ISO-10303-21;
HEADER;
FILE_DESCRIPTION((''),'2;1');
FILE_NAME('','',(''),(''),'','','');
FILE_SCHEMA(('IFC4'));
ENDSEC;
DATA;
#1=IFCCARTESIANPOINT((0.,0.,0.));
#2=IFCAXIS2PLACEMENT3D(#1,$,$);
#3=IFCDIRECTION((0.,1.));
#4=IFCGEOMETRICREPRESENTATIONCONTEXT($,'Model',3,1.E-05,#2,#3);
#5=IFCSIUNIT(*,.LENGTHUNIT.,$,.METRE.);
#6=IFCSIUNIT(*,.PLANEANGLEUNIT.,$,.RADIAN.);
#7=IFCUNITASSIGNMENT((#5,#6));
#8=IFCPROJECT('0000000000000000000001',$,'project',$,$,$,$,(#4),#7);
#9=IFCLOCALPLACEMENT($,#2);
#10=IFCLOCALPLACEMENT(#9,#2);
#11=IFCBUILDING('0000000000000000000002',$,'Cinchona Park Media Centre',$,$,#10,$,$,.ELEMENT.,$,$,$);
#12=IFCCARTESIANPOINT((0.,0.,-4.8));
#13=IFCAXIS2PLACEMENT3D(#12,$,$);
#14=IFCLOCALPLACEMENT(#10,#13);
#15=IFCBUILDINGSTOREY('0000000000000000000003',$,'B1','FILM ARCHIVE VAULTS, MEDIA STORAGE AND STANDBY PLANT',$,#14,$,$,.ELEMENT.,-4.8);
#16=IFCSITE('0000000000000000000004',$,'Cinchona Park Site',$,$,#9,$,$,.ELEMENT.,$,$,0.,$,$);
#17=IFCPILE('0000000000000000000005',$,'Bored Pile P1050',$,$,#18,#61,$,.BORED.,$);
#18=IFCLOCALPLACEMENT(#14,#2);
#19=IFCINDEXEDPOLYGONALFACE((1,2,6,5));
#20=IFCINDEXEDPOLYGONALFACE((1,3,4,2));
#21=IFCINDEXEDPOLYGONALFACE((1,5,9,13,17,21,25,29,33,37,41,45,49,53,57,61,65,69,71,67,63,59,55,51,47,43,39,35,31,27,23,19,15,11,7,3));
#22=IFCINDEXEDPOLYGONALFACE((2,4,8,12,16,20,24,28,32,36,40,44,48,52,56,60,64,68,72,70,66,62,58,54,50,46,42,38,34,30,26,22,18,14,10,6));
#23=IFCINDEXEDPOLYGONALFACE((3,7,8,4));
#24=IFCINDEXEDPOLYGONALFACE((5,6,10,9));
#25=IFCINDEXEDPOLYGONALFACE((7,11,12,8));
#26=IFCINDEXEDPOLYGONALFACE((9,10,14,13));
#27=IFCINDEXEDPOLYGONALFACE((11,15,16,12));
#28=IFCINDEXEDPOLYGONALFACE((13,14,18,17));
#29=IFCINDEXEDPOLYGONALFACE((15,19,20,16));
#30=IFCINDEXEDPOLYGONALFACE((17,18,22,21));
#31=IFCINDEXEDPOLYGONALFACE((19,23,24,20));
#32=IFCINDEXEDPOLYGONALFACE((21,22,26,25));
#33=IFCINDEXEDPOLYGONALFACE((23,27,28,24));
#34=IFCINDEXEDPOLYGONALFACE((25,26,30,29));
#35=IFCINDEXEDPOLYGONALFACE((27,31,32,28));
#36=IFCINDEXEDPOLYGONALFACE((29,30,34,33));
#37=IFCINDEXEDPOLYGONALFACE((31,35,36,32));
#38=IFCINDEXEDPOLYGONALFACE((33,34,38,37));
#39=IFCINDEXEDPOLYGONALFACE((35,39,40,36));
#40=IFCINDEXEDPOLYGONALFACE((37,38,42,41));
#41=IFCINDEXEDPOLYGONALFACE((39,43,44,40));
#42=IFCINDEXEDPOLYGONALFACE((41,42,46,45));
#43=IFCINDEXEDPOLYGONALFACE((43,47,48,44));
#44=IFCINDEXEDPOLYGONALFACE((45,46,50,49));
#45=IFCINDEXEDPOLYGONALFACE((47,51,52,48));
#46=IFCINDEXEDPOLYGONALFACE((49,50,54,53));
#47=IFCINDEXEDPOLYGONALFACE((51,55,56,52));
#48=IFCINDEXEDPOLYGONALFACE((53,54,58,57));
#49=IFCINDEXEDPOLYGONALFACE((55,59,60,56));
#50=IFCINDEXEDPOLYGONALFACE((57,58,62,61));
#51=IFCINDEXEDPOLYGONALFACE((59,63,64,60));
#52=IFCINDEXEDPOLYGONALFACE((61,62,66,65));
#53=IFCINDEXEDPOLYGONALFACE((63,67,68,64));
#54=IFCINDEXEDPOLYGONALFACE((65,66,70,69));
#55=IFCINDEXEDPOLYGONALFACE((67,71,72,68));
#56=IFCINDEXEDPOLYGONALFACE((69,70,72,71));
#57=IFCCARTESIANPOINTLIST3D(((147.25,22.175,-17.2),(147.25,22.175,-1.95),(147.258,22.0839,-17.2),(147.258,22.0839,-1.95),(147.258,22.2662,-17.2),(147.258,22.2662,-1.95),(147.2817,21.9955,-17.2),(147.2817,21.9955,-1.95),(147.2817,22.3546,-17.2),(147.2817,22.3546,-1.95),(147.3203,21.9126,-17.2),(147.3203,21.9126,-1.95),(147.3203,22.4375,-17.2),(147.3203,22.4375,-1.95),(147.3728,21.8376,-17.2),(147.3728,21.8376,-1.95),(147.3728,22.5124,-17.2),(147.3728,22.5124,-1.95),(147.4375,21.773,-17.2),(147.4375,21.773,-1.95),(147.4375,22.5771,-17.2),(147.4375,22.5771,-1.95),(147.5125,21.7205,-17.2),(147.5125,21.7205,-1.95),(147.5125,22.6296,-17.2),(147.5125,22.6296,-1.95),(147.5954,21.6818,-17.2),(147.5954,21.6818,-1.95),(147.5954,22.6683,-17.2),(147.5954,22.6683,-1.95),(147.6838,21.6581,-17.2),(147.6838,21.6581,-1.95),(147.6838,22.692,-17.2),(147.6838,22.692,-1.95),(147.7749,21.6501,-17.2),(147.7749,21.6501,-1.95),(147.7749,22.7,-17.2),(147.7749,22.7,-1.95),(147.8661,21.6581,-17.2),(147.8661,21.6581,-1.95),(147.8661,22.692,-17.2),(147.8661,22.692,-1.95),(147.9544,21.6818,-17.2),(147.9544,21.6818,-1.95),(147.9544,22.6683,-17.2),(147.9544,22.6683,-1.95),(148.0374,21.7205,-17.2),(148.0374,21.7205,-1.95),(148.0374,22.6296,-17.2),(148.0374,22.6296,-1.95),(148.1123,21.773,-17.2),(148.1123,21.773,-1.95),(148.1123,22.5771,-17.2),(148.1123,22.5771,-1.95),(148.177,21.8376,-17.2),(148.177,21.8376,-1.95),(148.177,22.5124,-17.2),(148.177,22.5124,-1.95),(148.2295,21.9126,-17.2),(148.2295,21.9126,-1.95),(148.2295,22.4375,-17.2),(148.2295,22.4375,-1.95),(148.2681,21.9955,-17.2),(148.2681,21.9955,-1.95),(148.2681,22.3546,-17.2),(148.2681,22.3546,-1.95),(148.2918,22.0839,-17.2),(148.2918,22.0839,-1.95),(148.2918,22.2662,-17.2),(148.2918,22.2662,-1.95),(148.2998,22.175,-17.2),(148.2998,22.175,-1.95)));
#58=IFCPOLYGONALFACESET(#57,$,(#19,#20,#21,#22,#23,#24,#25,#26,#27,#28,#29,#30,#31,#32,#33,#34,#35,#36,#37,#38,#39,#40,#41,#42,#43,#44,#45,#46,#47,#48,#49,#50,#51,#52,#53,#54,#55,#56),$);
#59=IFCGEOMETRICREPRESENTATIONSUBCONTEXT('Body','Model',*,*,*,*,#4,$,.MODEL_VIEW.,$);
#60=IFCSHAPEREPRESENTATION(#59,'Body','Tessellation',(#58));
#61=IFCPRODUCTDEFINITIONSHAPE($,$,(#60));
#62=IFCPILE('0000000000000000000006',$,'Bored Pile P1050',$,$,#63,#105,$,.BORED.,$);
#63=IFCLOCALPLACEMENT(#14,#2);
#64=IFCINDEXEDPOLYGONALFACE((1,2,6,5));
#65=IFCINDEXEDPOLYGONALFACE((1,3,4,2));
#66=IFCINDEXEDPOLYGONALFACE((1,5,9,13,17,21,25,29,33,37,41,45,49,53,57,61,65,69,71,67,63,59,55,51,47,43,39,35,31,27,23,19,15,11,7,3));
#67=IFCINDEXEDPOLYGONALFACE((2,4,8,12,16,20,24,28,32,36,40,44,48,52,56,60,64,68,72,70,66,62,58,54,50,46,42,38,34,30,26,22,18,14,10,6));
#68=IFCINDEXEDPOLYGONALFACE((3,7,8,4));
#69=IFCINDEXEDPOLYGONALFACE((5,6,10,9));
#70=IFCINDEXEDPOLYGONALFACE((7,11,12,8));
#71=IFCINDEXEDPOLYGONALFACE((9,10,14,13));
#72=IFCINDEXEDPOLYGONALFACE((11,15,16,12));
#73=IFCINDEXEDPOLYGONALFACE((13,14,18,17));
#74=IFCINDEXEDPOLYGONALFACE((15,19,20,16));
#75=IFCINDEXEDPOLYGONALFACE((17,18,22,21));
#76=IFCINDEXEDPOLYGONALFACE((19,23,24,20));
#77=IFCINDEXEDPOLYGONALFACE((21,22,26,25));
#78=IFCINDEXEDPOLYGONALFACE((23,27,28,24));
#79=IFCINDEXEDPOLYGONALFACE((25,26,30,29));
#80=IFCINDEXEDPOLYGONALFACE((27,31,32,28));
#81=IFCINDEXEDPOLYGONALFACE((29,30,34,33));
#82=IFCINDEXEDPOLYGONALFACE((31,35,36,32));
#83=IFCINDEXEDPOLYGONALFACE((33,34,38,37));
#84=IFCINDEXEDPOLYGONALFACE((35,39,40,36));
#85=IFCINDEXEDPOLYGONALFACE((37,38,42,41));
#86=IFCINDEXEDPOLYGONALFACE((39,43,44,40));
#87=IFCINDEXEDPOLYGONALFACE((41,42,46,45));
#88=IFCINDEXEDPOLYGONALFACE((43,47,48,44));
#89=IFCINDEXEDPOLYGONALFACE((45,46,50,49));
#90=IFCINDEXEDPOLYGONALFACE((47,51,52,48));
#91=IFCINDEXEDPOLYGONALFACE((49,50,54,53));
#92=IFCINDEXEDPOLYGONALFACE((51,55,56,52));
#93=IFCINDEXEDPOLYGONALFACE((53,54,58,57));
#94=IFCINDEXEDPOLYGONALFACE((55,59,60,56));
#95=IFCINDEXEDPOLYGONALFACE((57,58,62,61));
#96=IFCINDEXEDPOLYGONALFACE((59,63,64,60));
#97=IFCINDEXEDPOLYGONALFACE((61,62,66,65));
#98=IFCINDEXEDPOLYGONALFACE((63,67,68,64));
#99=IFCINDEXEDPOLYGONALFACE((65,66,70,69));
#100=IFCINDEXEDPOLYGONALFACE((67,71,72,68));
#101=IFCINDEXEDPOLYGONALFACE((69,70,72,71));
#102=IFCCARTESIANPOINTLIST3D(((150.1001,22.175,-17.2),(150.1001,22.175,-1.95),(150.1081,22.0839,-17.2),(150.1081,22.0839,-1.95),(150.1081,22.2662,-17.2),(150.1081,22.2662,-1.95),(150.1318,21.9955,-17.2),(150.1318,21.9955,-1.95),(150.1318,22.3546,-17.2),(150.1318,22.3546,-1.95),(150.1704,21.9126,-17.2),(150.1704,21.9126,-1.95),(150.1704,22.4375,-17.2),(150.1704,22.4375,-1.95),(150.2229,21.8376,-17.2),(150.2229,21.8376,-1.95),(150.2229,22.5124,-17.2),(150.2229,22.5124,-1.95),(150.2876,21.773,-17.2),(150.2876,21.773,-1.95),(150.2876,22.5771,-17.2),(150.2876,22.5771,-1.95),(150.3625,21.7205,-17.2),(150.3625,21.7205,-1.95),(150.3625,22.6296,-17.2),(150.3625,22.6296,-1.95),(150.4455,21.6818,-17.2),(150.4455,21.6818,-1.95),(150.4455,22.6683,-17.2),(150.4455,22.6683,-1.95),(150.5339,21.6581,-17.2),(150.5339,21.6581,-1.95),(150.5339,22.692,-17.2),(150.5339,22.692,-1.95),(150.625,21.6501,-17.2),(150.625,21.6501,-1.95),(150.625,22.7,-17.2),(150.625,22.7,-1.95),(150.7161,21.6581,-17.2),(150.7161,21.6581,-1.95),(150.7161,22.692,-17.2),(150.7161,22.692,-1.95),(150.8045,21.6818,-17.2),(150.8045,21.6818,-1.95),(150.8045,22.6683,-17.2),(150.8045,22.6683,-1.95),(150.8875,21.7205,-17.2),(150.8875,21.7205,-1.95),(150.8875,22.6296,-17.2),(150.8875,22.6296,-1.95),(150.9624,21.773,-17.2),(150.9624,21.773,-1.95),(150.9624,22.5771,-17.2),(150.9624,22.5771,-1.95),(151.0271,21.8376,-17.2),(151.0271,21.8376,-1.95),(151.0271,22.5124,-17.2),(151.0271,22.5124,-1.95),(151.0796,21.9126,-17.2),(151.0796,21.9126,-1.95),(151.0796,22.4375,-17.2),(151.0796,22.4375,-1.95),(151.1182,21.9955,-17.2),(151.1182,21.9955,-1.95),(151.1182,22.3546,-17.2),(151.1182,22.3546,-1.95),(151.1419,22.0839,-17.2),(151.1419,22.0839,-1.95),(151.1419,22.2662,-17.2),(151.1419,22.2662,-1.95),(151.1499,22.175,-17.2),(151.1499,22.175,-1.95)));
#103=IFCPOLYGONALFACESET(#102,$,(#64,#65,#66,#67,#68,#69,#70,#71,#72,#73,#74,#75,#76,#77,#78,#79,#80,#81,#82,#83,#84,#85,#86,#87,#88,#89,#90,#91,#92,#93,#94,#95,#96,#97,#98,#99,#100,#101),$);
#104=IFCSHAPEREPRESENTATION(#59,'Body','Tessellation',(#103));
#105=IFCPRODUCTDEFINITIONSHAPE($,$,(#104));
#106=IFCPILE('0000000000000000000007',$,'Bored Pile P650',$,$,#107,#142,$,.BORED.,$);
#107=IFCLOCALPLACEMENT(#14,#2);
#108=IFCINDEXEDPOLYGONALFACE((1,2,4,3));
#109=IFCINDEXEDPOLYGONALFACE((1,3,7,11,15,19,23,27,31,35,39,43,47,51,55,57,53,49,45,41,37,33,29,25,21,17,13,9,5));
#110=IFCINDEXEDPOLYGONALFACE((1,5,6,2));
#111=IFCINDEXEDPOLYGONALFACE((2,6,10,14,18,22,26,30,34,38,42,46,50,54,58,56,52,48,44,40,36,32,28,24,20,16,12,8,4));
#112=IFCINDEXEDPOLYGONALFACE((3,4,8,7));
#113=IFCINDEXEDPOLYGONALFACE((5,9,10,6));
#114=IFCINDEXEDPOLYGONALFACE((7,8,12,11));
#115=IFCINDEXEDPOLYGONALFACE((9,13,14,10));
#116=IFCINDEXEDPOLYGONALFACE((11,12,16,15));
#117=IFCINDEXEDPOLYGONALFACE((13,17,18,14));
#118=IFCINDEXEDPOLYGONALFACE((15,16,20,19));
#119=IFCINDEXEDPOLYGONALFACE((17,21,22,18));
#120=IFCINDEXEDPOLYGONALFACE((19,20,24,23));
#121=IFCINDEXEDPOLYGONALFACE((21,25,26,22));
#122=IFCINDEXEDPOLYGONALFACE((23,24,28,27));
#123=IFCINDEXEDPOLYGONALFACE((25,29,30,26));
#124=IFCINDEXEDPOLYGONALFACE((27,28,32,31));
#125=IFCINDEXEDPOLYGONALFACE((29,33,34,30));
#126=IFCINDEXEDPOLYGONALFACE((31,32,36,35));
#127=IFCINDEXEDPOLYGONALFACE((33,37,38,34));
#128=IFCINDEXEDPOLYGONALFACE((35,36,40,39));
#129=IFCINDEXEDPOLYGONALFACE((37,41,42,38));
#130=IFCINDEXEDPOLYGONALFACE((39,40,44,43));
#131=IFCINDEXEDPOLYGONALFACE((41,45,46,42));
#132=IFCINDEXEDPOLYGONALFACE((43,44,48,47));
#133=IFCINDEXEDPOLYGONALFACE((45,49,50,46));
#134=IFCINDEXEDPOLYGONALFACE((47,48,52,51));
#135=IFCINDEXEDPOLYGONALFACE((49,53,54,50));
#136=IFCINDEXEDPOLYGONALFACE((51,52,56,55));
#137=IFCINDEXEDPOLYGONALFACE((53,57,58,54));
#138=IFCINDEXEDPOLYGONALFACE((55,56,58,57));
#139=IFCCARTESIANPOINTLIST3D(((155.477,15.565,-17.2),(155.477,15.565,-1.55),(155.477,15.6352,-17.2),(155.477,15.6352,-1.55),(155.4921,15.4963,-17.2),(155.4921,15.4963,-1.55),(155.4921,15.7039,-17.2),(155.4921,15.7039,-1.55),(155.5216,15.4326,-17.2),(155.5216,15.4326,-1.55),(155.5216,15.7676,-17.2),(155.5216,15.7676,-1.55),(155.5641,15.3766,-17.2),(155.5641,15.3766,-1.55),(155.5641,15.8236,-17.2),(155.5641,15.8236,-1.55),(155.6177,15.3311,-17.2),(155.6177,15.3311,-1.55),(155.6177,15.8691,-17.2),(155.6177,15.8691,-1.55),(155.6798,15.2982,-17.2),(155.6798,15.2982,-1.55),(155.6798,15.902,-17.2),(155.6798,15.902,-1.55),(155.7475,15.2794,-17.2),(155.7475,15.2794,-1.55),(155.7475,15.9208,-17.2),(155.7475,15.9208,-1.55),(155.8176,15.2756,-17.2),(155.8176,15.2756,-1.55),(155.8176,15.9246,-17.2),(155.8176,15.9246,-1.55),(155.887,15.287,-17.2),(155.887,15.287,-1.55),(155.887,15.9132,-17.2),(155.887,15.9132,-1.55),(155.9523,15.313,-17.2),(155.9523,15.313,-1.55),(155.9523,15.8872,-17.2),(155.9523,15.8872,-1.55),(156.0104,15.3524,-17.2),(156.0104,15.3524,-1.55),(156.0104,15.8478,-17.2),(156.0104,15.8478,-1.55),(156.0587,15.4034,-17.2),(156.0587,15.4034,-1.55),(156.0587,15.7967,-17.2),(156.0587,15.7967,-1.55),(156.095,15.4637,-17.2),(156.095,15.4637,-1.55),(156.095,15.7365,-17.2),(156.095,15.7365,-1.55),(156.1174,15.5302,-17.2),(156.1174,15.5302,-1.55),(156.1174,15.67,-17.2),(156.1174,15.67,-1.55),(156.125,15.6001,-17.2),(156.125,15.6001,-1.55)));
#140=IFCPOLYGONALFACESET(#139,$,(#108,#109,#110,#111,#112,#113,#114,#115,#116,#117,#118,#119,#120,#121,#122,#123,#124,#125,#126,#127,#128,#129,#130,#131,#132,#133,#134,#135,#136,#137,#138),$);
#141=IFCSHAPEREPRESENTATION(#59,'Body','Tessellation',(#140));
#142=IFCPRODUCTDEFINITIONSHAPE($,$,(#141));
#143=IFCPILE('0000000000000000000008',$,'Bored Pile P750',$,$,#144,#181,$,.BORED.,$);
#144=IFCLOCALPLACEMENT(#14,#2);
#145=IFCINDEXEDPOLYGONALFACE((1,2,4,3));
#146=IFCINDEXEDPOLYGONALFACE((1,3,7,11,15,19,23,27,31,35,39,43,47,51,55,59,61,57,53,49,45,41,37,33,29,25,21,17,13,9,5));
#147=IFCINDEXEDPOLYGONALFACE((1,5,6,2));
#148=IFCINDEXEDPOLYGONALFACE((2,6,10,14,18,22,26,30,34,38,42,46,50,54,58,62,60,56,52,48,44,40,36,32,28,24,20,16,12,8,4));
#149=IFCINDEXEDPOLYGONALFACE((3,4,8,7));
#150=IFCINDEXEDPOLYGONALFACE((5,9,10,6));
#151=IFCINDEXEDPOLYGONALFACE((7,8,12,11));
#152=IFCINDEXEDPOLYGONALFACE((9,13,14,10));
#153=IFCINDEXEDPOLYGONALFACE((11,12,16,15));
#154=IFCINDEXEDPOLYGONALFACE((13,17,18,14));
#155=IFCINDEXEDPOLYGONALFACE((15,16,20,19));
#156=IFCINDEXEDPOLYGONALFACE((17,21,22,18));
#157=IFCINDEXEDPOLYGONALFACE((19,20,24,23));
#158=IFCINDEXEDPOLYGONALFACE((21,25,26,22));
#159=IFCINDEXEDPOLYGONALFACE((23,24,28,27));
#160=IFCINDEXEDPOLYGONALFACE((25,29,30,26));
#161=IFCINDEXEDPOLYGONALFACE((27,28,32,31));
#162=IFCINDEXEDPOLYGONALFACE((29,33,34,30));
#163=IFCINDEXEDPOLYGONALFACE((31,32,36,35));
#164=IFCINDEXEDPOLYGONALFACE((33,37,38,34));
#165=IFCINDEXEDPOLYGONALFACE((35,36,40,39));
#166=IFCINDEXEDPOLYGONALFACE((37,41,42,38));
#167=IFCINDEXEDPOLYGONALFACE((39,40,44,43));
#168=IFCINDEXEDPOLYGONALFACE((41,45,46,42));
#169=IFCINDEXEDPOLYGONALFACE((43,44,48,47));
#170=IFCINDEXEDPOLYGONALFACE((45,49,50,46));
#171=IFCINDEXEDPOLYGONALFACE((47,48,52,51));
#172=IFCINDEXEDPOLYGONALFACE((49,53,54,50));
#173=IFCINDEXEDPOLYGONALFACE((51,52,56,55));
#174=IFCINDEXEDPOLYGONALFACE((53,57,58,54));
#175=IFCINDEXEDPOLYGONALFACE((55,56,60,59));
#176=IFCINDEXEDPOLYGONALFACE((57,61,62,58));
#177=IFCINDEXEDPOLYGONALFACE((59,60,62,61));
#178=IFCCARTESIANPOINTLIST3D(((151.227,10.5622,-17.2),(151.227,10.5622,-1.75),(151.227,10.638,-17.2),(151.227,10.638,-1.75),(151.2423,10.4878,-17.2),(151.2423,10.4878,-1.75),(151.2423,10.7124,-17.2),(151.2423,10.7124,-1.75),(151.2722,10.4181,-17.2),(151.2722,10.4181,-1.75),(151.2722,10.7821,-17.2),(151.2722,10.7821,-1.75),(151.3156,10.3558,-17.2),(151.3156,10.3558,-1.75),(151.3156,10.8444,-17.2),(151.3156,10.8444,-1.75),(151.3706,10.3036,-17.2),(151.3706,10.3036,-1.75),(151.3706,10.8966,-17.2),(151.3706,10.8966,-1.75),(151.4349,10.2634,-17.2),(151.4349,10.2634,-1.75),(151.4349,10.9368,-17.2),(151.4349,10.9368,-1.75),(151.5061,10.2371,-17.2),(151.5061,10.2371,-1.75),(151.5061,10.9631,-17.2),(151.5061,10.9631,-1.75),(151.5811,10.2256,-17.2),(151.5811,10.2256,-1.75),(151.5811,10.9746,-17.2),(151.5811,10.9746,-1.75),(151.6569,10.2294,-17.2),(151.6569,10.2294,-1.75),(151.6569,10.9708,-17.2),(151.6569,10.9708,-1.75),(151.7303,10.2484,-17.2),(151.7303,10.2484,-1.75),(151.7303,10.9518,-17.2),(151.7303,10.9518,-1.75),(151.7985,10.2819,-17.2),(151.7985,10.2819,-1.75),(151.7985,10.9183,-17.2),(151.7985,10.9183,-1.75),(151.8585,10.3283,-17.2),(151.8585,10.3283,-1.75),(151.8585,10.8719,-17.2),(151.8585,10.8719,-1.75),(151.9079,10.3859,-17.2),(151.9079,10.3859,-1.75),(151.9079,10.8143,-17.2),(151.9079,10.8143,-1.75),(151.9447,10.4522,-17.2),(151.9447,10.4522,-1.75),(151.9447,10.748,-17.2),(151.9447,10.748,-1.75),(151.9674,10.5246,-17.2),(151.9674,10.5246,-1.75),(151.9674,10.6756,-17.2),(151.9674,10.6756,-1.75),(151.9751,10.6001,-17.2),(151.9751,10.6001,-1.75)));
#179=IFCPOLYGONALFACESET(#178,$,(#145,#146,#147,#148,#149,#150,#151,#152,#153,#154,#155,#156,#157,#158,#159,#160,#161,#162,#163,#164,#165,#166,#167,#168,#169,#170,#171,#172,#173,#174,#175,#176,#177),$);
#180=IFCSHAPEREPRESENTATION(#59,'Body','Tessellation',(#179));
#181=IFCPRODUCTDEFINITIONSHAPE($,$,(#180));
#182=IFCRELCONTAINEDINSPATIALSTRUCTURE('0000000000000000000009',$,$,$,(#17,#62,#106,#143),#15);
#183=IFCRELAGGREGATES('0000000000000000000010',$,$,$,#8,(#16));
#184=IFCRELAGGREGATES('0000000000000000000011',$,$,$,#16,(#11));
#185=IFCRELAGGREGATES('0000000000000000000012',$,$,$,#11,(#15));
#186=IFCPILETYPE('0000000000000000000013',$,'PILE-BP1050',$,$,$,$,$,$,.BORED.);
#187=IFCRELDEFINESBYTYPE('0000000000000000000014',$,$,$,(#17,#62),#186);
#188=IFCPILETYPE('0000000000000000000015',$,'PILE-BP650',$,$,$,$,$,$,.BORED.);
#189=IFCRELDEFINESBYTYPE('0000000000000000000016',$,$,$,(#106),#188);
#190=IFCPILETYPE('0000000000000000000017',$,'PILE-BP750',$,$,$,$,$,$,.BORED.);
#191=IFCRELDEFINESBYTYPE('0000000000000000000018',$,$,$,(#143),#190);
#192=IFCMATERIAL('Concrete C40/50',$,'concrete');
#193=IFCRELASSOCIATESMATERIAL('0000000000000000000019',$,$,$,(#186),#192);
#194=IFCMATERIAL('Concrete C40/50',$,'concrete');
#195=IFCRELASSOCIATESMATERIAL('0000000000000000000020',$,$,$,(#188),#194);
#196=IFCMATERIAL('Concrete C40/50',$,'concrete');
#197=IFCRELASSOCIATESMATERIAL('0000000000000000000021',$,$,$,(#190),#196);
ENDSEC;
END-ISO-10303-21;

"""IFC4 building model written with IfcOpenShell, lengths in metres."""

from ifc_helpers import new_model, si_unit, direction, frame, origin, origin_2d, place, context, subcontext, project, spatial, circle, extrude, material, material_profile, profile_set, type_object, element, save


model = new_model("IFC4")

# Units and contexts
model_context = context("Model", 3, precision=1e-05, world=origin(), true_north=direction((0.0, 1.0)))
body_context = subcontext(model_context, "Body", "Model", "MODEL_VIEW")
ifc_project = project(units=[si_unit("LENGTHUNIT", "METRE"), si_unit("PLANEANGLEUNIT", "RADIAN")], contexts=[model_context])

# Site, building, storey
site_placement = place(None, origin())
site = spatial("IfcSite", under=ifc_project, at=site_placement, Name="Cinchona Park Site", CompositionType="ELEMENT", RefElevation=0.0)
building_placement = place(site_placement, origin())
building = spatial("IfcBuilding", under=site, at=building_placement, Name="Cinchona Park Media Centre", CompositionType="ELEMENT")
storey_placement = place(building_placement, frame((0.0, 0.0, -4.8)))
storey = spatial("IfcBuildingStorey", under=building, at=storey_placement, Name="B1", Description="FILM ARCHIVE VAULTS, MEDIA STORAGE AND STANDBY PLANT", CompositionType="ELEMENT", Elevation=-4.8)

# Piles
ifc_material_1 = material(Name="Concrete C40/50", Category="concrete")
ifc_material_profile_1 = material_profile(ifc_material_1, circle(Radius=0.5249, at=origin_2d()), Name="BORED PILE 1050")
ifc_profile_set_1 = profile_set([ifc_material_profile_1], Name="Concrete C40/50")
pile_type_1 = type_object("IfcPileType", Name="PILE-BP1050", PredefinedType="BORED", material=ifc_profile_set_1)
for number, where, z_axis, x_axis, name in (
    (1, (147.7749, 22.175, -1.95), (0.0, 0.0, -1.0), (1.0, 0.0, 0.0), "Bored Pile P1050"),
    (2, (150.625, 22.175, -1.95), (0.0, 0.0, -1.0), (1.0, 0.0, 0.0), "Bored Pile P1050"),
):
    element("IfcPile", number, at=place(storey_placement, frame(where, z_axis=z_axis, x_axis=x_axis)), inside=storey, type_object=pile_type_1, Name=name, PredefinedType="BORED", context=body_context, shape_type="SweptSolid", body=[
        extrude(circle(Radius=0.5249, at=origin_2d()), origin(), (0.0, 0.0, 1.0), 15.25),
    ])
ifc_material_2 = material(Name="Concrete C40/50", Category="concrete")
ifc_material_profile_2 = material_profile(ifc_material_2, circle(Radius=0.325, at=origin_2d()), Name="BORED PILE 650")
ifc_profile_set_2 = profile_set([ifc_material_profile_2], Name="Concrete C40/50")
pile_type_2 = type_object("IfcPileType", Name="PILE-BP650", PredefinedType="BORED", material=ifc_profile_set_2)
pile_placement = place(storey_placement, frame((155.8, 15.6001, -1.55), z_axis=(0.0, 0.0, -1.0), x_axis=(1.0, 0.0, 0.0)))
element("IfcPile", 3, at=pile_placement, inside=storey, type_object=pile_type_2, Name="Bored Pile P650", PredefinedType="BORED", context=body_context, shape_type="SweptSolid", body=[
    extrude(circle(Radius=0.325, at=origin_2d()), origin(), (0.0, 0.0, 1.0), 15.6499),
])
ifc_material_3 = material(Name="Concrete C40/50", Category="concrete")
ifc_material_profile_3 = material_profile(ifc_material_3, circle(Radius=0.375, at=origin_2d()), Name="BORED PILE 750")
ifc_profile_set_3 = profile_set([ifc_material_profile_3], Name="Concrete C40/50")
pile_type_3 = type_object("IfcPileType", Name="PILE-BP750", PredefinedType="BORED", material=ifc_profile_set_3)
for number, where, z_axis, x_axis, name in (
    (4, (151.6001, 10.6001, -1.75), (0.0, 0.0, -1.0), (1.0, 0.0, 0.0), "Bored Pile P750"),
):
    element("IfcPile", number, at=place(storey_placement, frame(where, z_axis=z_axis, x_axis=x_axis)), inside=storey, type_object=pile_type_3, Name=name, PredefinedType="BORED", context=body_context, shape_type="SweptSolid", body=[
        extrude(circle(Radius=0.375, at=origin_2d()), origin(), (0.0, 0.0, 1.0), 15.45),
    ])

save(model, "model.ifc")
